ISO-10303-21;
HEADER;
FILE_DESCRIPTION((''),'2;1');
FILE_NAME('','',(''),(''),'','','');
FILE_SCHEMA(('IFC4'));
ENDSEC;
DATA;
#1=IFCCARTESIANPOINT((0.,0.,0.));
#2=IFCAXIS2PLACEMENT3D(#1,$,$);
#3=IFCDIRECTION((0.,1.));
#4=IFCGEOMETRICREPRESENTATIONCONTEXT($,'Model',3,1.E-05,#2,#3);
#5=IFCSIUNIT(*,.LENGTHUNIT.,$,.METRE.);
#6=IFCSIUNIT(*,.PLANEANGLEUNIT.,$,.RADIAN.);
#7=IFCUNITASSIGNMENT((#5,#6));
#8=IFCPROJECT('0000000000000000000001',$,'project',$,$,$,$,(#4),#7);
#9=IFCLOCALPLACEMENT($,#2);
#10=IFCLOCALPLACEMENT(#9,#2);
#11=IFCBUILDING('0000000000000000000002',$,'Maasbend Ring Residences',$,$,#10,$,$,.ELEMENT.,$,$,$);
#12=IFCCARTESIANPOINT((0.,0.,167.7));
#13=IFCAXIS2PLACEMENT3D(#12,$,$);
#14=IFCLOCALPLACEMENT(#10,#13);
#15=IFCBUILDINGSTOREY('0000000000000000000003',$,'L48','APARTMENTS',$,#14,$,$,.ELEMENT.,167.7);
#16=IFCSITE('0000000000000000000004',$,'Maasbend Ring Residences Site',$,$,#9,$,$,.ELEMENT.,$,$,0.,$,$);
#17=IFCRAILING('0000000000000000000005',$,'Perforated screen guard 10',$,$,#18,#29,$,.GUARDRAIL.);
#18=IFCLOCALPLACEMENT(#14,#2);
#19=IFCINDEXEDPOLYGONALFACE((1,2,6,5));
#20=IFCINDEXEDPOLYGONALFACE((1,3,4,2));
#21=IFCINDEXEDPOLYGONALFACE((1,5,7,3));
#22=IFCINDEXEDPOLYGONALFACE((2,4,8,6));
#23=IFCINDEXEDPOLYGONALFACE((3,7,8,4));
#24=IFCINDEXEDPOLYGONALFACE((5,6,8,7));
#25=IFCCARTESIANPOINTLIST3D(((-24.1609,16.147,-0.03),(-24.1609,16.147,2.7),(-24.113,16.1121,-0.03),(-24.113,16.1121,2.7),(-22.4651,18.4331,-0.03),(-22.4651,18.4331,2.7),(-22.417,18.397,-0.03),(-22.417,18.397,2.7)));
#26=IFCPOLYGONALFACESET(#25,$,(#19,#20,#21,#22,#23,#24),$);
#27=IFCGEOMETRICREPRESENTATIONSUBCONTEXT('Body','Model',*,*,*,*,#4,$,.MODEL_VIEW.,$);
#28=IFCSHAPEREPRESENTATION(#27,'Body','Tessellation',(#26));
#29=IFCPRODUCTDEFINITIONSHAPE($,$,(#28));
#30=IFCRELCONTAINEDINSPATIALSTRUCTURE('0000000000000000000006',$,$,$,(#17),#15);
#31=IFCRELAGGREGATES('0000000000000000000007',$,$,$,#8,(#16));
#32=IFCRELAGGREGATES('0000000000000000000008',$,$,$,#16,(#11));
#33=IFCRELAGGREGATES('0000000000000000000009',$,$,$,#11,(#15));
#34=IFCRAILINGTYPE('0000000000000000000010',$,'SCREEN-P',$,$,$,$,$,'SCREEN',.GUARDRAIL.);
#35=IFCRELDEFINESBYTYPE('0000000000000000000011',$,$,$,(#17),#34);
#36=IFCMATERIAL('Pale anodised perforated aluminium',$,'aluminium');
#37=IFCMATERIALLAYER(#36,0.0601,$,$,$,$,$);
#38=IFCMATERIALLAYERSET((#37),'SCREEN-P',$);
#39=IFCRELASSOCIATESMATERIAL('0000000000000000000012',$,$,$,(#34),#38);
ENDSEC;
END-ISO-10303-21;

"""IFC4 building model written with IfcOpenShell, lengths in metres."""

from ifc_helpers import new_model, si_unit, direction, frame, origin, place, context, subcontext, project, spatial, polyline, outline, extrude, material, layer, layer_set, type_object, element, save


model = new_model("IFC4")

# Units and contexts
model_context = context("Model", 3, precision=1e-05, world=origin(), true_north=direction((0.0, 1.0)))
body_context = subcontext(model_context, "Body", "Model", "MODEL_VIEW")
ifc_project = project(units=[si_unit("LENGTHUNIT", "METRE"), si_unit("PLANEANGLEUNIT", "RADIAN")], contexts=[model_context])

# Site, building, storey
site_placement = place(None, origin())
site = spatial("IfcSite", under=ifc_project, at=site_placement, Name="Maasbend Ring Residences Site", CompositionType="ELEMENT", RefElevation=0.0)
building_placement = place(site_placement, origin())
building = spatial("IfcBuilding", under=site, at=building_placement, Name="Maasbend Ring Residences", CompositionType="ELEMENT")
storey_placement = place(building_placement, frame((0.0, 0.0, 167.7)))
storey = spatial("IfcBuildingStorey", under=building, at=storey_placement, Name="L48", Description="APARTMENTS", CompositionType="ELEMENT", Elevation=167.7)

# Railing
ifc_material_1 = material(Name="Pale anodised perforated aluminium", Category="aluminium")
ifc_layer_1 = layer(ifc_material_1, 0.0601)
ifc_layer_set_1 = layer_set([ifc_layer_1], Name="SCREEN-P")
railing_type = type_object("IfcRailingType", Name="SCREEN-P", ElementType="SCREEN", PredefinedType="GUARDRAIL", material=ifc_layer_set_1)
railing_1_placement = place(storey_placement, frame((0.0, 0.0, -0.03)))
element("IfcRailing", 1, at=railing_1_placement, inside=storey, type_object=railing_type, Name="Perforated screen guard 10", PredefinedType="GUARDRAIL", context=body_context, shape_type="SweptSolid", body=[
    extrude(outline(polyline([(-22.417, 18.397), (-24.113, 16.1121), (-24.1609, 16.147), (-22.4651, 18.4331), (-22.417, 18.397)])), origin(), (0.0, 0.0, 1.0), 2.73),
])

save(model, "model.ifc")
